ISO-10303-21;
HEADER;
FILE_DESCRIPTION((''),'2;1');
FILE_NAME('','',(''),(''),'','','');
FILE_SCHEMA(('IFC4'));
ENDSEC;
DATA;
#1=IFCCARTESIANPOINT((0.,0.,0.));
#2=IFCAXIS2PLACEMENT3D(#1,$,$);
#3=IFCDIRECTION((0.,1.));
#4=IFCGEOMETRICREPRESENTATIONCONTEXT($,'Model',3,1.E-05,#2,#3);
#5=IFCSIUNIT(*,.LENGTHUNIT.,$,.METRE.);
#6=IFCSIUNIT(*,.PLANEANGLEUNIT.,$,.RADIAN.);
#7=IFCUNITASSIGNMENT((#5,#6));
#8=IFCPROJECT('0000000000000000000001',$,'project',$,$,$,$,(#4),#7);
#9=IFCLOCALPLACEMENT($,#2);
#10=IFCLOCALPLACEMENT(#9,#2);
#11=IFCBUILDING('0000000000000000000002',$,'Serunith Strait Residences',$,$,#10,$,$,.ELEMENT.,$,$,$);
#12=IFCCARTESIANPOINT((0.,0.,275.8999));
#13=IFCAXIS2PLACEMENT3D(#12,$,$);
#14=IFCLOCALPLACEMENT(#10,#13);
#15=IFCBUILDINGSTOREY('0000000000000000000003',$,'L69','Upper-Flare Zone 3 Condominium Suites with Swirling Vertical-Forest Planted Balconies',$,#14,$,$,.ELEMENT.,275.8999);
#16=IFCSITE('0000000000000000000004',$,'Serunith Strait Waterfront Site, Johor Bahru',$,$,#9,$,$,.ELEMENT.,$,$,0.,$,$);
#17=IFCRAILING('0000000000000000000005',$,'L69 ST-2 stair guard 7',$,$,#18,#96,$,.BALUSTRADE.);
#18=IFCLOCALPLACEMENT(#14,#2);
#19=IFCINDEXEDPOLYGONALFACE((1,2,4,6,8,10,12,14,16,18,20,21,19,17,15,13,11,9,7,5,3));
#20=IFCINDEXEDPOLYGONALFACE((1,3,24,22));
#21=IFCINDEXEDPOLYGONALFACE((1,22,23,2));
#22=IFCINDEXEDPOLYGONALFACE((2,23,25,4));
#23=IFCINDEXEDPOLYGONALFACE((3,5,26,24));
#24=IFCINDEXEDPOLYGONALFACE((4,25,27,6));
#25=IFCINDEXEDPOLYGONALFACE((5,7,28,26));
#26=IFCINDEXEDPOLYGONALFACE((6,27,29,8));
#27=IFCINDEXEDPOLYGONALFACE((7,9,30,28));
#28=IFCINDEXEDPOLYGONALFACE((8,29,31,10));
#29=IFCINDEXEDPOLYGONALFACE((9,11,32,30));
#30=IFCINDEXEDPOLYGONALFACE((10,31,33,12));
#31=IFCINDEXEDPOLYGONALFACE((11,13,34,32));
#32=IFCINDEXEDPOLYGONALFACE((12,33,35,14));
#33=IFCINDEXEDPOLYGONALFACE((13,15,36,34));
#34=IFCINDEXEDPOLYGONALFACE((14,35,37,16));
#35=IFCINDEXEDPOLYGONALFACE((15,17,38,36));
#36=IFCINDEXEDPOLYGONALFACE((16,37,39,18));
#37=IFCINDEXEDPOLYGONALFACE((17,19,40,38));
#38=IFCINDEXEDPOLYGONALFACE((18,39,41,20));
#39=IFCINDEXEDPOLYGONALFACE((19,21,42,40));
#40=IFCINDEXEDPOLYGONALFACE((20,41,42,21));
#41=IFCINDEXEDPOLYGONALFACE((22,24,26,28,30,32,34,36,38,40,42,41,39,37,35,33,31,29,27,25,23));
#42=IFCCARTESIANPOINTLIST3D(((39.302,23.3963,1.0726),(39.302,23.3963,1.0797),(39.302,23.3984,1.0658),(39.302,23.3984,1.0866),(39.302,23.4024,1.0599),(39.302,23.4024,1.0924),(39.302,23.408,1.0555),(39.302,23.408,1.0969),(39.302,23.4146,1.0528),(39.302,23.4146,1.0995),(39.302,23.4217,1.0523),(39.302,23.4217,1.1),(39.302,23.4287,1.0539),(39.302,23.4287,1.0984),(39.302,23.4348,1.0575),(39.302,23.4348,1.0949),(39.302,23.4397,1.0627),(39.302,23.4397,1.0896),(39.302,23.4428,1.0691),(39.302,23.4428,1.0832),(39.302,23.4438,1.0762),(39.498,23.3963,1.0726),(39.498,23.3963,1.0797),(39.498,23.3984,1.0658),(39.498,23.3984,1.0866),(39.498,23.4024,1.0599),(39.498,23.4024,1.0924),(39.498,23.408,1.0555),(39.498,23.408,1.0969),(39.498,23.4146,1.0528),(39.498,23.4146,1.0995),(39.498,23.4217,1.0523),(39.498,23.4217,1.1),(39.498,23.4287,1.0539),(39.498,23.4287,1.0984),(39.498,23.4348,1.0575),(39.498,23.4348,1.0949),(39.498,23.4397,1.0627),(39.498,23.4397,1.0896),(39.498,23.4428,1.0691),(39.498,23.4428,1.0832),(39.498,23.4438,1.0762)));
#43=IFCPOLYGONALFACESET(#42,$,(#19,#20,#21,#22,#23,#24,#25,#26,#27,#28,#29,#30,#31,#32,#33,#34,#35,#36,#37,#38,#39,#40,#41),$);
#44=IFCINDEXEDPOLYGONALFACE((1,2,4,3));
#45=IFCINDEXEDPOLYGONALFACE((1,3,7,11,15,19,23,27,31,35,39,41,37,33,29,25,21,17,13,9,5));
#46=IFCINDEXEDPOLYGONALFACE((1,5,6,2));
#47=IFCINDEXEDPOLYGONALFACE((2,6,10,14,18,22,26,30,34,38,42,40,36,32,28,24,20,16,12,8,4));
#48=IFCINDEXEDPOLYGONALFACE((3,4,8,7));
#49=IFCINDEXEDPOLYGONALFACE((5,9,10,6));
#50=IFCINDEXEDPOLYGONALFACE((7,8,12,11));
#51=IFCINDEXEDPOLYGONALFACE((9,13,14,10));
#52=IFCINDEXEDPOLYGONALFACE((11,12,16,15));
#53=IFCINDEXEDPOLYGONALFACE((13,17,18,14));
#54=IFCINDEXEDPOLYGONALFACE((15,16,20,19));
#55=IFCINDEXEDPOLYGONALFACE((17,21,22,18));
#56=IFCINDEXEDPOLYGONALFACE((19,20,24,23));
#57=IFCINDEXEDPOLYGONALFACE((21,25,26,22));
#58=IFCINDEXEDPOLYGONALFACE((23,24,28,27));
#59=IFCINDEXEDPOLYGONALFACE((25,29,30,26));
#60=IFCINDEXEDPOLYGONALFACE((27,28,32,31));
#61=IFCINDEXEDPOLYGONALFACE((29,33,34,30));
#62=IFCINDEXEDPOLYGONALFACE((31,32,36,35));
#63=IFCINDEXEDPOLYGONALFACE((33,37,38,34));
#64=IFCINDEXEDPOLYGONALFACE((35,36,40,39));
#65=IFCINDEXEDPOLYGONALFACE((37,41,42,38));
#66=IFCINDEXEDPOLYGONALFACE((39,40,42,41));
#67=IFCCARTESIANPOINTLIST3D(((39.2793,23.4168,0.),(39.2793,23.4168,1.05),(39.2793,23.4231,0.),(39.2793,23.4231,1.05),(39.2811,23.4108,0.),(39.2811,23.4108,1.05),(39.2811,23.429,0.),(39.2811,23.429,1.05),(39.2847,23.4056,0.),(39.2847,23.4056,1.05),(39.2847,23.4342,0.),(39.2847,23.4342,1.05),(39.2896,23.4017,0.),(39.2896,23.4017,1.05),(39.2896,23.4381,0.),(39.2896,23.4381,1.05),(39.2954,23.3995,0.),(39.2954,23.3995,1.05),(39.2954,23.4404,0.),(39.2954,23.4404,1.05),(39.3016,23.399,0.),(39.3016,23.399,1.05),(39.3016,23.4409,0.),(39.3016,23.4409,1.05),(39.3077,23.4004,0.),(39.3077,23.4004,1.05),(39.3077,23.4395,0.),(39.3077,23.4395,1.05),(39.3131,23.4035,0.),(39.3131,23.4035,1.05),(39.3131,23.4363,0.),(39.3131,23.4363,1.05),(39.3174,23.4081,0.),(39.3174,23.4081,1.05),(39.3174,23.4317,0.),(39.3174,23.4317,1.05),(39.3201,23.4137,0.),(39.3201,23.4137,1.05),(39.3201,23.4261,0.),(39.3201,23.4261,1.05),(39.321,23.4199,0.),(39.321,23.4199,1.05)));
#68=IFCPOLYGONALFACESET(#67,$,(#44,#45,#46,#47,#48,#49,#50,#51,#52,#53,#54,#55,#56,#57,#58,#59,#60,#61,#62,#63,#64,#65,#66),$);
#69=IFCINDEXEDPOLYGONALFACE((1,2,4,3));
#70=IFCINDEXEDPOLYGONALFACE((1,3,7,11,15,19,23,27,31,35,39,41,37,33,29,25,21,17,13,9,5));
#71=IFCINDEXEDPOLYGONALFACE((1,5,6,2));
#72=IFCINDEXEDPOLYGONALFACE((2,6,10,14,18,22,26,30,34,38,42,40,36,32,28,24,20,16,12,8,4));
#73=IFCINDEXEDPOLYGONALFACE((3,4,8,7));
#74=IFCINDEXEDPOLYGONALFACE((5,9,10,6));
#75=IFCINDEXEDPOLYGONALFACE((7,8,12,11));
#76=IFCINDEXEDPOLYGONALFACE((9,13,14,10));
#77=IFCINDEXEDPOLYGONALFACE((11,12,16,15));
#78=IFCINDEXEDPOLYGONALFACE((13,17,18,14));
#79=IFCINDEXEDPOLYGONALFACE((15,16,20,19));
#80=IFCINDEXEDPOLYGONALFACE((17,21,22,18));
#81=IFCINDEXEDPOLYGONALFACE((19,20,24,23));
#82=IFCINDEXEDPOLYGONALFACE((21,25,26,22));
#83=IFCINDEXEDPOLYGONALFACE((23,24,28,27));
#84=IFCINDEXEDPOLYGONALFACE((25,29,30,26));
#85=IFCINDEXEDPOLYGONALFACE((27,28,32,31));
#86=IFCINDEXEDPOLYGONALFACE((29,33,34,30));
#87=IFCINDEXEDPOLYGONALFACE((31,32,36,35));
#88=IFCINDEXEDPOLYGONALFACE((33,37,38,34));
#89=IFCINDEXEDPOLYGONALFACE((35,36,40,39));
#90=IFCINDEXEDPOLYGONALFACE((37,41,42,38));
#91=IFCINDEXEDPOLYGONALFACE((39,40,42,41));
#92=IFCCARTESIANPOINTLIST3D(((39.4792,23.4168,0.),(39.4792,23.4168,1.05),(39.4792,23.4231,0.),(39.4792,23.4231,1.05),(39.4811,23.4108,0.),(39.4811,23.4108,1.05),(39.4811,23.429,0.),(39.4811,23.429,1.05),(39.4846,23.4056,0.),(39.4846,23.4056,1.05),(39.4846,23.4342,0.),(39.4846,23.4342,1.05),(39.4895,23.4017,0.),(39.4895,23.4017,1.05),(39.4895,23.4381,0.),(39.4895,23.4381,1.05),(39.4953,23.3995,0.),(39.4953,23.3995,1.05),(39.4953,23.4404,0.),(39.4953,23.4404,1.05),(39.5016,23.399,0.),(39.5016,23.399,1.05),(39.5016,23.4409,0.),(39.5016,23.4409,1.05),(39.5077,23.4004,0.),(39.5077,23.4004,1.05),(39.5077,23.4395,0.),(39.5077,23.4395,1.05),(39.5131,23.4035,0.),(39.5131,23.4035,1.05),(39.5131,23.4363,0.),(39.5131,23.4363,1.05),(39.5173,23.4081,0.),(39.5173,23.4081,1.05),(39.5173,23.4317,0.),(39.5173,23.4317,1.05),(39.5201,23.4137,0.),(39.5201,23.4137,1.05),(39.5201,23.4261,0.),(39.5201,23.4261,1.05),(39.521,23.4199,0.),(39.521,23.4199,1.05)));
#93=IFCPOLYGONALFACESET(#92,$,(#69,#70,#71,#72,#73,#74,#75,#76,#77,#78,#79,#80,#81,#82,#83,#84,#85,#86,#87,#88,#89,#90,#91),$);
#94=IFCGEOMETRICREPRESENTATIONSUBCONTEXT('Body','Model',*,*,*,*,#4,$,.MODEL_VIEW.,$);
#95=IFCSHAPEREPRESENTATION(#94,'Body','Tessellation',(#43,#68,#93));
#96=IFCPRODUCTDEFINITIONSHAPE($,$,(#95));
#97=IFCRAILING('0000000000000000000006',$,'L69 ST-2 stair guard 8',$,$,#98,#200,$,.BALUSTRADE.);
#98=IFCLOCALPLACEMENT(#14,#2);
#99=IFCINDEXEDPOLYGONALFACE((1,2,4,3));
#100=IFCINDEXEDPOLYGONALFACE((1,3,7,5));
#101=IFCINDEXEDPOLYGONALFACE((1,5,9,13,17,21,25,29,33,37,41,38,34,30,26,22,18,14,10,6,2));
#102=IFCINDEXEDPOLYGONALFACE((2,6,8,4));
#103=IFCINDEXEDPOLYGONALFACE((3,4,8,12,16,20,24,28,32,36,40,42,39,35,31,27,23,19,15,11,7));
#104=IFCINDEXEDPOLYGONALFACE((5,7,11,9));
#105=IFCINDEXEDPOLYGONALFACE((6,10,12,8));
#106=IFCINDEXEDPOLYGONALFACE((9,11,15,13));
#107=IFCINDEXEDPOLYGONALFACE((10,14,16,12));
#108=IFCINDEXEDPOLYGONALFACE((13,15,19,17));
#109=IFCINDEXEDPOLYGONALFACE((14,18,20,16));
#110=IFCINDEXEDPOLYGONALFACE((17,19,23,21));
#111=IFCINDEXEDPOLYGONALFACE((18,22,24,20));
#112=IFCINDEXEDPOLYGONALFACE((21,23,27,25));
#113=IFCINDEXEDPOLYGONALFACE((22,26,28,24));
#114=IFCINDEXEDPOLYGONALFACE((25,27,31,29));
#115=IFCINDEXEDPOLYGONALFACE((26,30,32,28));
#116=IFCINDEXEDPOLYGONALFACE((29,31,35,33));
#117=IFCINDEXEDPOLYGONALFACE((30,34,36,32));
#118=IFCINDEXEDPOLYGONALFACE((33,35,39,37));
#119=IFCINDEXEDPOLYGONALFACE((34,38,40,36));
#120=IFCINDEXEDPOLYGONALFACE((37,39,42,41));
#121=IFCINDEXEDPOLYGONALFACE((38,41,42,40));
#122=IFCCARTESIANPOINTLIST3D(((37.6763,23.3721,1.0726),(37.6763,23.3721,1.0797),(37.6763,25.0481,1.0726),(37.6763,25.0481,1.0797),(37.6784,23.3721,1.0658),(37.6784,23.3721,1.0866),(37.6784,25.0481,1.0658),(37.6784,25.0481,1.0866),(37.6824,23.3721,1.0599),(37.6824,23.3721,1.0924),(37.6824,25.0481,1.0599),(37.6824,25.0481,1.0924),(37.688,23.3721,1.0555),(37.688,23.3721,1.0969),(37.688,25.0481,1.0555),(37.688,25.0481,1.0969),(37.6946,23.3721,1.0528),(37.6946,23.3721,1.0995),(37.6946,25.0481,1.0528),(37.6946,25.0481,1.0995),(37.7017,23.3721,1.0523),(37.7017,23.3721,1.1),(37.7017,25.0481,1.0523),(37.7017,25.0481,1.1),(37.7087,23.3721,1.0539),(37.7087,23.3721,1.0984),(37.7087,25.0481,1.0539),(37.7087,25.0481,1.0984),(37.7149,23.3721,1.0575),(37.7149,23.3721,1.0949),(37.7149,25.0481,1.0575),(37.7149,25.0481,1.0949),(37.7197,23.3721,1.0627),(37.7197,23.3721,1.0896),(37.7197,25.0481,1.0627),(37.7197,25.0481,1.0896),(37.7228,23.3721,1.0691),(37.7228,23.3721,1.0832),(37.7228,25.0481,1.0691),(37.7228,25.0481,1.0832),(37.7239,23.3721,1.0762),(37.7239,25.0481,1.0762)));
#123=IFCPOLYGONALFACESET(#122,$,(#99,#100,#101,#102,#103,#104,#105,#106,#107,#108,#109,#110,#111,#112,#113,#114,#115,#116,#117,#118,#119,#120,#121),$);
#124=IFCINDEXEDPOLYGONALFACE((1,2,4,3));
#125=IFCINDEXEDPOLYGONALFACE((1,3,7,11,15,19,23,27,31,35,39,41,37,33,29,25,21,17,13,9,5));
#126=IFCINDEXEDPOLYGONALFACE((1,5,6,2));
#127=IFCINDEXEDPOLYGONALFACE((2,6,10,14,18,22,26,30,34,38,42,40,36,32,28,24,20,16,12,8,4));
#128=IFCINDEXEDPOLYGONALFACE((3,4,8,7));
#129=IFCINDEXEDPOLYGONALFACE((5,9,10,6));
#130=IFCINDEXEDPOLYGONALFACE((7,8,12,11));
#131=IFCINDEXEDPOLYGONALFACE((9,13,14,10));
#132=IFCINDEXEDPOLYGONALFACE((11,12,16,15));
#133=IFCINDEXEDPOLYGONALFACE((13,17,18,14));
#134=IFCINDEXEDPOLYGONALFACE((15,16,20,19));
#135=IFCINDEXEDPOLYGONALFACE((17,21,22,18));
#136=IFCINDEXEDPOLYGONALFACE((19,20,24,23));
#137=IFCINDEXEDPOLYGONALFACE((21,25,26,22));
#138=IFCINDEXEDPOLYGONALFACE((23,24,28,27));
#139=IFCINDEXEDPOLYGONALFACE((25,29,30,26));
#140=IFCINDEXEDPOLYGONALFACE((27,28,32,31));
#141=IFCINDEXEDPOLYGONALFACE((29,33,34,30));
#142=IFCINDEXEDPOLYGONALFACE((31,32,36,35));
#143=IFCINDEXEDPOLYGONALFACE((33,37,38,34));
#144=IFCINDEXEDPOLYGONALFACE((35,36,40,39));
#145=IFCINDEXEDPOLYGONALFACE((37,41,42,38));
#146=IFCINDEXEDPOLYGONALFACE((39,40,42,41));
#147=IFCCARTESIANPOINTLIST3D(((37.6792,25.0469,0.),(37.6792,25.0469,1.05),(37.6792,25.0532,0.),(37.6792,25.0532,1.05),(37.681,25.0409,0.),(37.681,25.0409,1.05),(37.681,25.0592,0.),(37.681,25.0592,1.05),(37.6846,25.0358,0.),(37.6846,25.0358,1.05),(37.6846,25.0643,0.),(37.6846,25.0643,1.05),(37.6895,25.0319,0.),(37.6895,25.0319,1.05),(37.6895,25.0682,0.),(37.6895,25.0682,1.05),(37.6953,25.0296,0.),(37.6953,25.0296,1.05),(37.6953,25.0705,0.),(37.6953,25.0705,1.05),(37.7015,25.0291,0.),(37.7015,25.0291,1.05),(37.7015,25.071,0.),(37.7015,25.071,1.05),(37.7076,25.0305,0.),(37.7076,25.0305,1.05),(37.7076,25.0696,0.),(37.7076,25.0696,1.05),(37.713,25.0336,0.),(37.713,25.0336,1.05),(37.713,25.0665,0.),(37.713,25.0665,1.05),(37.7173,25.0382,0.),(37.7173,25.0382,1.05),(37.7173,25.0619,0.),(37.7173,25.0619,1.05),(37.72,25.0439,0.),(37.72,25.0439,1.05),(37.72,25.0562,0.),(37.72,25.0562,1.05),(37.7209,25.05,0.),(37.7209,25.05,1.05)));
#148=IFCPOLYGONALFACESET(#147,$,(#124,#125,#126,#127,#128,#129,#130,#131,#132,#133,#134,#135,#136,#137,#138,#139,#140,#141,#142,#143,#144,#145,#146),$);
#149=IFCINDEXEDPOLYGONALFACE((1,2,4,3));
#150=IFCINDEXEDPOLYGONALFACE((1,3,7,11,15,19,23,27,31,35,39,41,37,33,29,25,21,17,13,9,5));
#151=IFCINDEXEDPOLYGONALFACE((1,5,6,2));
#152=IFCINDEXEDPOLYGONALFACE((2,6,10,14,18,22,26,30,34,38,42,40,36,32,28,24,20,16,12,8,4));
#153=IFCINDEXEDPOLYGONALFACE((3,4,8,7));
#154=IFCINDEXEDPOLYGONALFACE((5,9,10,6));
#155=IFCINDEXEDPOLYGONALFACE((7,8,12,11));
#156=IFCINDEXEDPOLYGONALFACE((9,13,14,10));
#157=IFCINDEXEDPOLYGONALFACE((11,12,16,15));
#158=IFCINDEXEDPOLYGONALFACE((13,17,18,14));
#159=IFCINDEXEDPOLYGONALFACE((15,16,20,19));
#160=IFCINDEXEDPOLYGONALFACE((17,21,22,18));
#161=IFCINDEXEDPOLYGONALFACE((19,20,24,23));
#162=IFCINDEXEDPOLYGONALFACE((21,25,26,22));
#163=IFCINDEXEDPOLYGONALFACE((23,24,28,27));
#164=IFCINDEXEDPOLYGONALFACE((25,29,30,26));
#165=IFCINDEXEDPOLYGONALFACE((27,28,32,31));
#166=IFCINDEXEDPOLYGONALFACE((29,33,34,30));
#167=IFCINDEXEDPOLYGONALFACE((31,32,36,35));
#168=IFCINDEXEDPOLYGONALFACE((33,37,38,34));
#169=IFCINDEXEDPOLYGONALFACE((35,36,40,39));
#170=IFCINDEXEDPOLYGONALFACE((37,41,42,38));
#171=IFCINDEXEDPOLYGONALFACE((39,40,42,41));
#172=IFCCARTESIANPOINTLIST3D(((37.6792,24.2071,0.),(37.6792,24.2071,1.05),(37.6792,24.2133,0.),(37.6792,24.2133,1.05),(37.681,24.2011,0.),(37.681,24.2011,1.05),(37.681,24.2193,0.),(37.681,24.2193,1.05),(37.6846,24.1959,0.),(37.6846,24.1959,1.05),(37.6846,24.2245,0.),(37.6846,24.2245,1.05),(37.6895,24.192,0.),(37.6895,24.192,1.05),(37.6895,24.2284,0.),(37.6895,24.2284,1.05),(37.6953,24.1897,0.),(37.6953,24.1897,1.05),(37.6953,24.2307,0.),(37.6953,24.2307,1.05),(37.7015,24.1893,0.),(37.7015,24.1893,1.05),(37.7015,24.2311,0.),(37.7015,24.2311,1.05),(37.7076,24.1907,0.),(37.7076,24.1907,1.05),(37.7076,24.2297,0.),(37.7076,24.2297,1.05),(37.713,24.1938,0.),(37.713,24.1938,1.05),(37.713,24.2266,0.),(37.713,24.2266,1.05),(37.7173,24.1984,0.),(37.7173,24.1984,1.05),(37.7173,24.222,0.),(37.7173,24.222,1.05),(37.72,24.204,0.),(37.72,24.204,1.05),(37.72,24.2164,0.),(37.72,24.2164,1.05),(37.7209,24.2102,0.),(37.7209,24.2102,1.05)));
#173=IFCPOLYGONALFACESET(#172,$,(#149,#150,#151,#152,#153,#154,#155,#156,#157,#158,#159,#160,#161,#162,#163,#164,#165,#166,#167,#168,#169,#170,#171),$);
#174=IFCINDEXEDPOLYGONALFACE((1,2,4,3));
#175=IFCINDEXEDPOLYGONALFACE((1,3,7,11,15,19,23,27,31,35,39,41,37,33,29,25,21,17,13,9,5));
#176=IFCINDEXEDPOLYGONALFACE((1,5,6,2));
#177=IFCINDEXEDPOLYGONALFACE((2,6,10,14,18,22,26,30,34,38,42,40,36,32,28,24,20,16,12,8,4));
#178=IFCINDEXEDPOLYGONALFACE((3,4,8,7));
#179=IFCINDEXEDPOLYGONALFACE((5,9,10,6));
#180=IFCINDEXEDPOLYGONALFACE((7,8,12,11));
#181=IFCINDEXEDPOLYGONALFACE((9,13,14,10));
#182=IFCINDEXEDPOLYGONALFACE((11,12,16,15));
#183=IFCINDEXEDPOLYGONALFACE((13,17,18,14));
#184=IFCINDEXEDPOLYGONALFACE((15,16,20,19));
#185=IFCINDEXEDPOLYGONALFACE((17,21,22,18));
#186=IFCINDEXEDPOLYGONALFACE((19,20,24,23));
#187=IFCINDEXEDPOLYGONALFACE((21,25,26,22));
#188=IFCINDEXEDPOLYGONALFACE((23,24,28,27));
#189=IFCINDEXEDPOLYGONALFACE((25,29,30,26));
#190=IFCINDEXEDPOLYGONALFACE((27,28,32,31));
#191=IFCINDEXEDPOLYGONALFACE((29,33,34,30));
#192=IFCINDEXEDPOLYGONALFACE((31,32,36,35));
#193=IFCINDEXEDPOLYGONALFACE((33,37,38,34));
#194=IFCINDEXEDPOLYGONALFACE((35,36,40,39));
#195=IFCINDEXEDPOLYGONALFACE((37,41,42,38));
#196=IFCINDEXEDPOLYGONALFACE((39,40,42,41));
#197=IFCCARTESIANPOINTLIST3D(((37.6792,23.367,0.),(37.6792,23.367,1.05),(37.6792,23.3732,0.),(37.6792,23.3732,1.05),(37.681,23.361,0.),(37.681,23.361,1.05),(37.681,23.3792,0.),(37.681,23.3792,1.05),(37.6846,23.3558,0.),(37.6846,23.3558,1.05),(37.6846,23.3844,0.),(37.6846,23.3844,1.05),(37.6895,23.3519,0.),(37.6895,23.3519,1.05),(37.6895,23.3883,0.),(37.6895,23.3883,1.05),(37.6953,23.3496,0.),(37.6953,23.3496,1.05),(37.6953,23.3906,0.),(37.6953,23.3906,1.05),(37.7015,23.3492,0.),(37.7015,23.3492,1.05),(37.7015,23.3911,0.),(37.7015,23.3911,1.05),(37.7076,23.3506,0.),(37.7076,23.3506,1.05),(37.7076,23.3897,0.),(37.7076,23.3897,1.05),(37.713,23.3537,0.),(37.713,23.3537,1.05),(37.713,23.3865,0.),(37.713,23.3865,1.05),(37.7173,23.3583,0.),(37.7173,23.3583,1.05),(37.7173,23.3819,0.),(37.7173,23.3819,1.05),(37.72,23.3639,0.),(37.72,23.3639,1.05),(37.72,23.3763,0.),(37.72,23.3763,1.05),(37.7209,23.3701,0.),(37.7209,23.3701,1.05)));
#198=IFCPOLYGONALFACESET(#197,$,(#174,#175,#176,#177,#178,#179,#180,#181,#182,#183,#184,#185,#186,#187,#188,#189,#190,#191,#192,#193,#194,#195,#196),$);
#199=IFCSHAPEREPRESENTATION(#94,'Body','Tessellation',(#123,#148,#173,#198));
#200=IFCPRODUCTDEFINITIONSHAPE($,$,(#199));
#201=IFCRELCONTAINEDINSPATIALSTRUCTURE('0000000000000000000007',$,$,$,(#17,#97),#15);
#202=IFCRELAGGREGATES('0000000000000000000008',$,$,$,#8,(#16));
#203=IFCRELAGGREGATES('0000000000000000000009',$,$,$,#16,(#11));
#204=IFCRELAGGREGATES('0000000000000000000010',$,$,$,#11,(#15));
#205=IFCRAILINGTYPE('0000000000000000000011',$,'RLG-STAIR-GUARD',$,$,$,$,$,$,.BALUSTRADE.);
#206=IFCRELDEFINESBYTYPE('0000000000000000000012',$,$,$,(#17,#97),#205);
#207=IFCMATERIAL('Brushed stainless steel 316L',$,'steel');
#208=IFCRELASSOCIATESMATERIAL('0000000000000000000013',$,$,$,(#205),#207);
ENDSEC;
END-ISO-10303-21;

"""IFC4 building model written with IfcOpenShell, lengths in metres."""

from ifc_helpers import new_model, si_unit, direction, frame, origin, origin_2d, place, context, subcontext, project, spatial, circle, extrude, material, type_object, element, save


model = new_model("IFC4")

# Units and contexts
model_context = context("Model", 3, precision=1e-05, world=origin(), true_north=direction((0.0, 1.0)))
body_context = subcontext(model_context, "Body", "Model", "MODEL_VIEW")
ifc_project = project(units=[si_unit("LENGTHUNIT", "METRE"), si_unit("PLANEANGLEUNIT", "RADIAN")], contexts=[model_context])

# Site, building, storey
site_placement = place(None, origin())
site = spatial("IfcSite", under=ifc_project, at=site_placement, Name="Serunith Strait Waterfront Site, Johor Bahru", CompositionType="ELEMENT", RefElevation=0.0)
building_placement = place(site_placement, origin())
building = spatial("IfcBuilding", under=site, at=building_placement, Name="Serunith Strait Residences", CompositionType="ELEMENT")
storey_placement = place(building_placement, frame((0.0, 0.0, 275.8999)))
storey = spatial("IfcBuildingStorey", under=building, at=storey_placement, Name="L69", Description="Upper-Flare Zone 3 Condominium Suites with Swirling Vertical-Forest Planted Balconies", CompositionType="ELEMENT", Elevation=275.8999)

# Railings
ifc_material_1 = material(Name="Brushed stainless steel 316L", Category="steel")
railing_type_1 = type_object("IfcRailingType", Name="RLG-STAIR-GUARD", PredefinedType="BALUSTRADE", material=ifc_material_1)
railing_1_placement = place(storey_placement, frame((39.3, 23.4199, 0.0)))
element("IfcRailing", 1, at=railing_1_placement, inside=storey, type_object=railing_type_1, Name="L69 ST-2 stair guard 7", PredefinedType="BALUSTRADE", context=body_context, shape_type="SweptSolid", body=[
    extrude(circle(Radius=0.0239, at=origin_2d()), frame((0.002, 0.0, 1.0762), z_axis=(1.0, 0.0, 0.0), x_axis=(0.0, 1.0, 0.0)), (0.0, 0.0, 1.0), 0.196),
    extrude(circle(Radius=0.021, at=origin_2d()), origin(), (0.0, 0.0, 1.0), 1.05),
    extrude(circle(Radius=0.021, at=origin_2d()), frame((0.2, 0.0, 0.0)), (0.0, 0.0, 1.0), 1.05),
])
for number, where, name in (
    (2, (37.7, 25.05, 0.0), "L69 ST-2 stair guard 8"),
):
    element("IfcRailing", number, at=place(storey_placement, frame(where)), inside=storey, type_object=railing_type_1, Name=name, PredefinedType="BALUSTRADE", context=body_context, shape_type="SweptSolid", body=[
        extrude(circle(Radius=0.0239, at=origin_2d()), frame((0.0, -0.002, 1.0762), z_axis=(0.0, -1.0, 0.0), x_axis=(1.0, 0.0, 0.0)), (0.0, 0.0, 1.0), 1.676),
        extrude(circle(Radius=0.021, at=origin_2d()), origin(), (0.0, 0.0, 1.0), 1.05),
        extrude(circle(Radius=0.021, at=origin_2d()), frame((0.0, -0.8398, 0.0)), (0.0, 0.0, 1.0), 1.05),
        extrude(circle(Radius=0.021, at=origin_2d()), frame((0.0, -1.6799, 0.0)), (0.0, 0.0, 1.0), 1.05),
    ])

save(model, "model.ifc")
